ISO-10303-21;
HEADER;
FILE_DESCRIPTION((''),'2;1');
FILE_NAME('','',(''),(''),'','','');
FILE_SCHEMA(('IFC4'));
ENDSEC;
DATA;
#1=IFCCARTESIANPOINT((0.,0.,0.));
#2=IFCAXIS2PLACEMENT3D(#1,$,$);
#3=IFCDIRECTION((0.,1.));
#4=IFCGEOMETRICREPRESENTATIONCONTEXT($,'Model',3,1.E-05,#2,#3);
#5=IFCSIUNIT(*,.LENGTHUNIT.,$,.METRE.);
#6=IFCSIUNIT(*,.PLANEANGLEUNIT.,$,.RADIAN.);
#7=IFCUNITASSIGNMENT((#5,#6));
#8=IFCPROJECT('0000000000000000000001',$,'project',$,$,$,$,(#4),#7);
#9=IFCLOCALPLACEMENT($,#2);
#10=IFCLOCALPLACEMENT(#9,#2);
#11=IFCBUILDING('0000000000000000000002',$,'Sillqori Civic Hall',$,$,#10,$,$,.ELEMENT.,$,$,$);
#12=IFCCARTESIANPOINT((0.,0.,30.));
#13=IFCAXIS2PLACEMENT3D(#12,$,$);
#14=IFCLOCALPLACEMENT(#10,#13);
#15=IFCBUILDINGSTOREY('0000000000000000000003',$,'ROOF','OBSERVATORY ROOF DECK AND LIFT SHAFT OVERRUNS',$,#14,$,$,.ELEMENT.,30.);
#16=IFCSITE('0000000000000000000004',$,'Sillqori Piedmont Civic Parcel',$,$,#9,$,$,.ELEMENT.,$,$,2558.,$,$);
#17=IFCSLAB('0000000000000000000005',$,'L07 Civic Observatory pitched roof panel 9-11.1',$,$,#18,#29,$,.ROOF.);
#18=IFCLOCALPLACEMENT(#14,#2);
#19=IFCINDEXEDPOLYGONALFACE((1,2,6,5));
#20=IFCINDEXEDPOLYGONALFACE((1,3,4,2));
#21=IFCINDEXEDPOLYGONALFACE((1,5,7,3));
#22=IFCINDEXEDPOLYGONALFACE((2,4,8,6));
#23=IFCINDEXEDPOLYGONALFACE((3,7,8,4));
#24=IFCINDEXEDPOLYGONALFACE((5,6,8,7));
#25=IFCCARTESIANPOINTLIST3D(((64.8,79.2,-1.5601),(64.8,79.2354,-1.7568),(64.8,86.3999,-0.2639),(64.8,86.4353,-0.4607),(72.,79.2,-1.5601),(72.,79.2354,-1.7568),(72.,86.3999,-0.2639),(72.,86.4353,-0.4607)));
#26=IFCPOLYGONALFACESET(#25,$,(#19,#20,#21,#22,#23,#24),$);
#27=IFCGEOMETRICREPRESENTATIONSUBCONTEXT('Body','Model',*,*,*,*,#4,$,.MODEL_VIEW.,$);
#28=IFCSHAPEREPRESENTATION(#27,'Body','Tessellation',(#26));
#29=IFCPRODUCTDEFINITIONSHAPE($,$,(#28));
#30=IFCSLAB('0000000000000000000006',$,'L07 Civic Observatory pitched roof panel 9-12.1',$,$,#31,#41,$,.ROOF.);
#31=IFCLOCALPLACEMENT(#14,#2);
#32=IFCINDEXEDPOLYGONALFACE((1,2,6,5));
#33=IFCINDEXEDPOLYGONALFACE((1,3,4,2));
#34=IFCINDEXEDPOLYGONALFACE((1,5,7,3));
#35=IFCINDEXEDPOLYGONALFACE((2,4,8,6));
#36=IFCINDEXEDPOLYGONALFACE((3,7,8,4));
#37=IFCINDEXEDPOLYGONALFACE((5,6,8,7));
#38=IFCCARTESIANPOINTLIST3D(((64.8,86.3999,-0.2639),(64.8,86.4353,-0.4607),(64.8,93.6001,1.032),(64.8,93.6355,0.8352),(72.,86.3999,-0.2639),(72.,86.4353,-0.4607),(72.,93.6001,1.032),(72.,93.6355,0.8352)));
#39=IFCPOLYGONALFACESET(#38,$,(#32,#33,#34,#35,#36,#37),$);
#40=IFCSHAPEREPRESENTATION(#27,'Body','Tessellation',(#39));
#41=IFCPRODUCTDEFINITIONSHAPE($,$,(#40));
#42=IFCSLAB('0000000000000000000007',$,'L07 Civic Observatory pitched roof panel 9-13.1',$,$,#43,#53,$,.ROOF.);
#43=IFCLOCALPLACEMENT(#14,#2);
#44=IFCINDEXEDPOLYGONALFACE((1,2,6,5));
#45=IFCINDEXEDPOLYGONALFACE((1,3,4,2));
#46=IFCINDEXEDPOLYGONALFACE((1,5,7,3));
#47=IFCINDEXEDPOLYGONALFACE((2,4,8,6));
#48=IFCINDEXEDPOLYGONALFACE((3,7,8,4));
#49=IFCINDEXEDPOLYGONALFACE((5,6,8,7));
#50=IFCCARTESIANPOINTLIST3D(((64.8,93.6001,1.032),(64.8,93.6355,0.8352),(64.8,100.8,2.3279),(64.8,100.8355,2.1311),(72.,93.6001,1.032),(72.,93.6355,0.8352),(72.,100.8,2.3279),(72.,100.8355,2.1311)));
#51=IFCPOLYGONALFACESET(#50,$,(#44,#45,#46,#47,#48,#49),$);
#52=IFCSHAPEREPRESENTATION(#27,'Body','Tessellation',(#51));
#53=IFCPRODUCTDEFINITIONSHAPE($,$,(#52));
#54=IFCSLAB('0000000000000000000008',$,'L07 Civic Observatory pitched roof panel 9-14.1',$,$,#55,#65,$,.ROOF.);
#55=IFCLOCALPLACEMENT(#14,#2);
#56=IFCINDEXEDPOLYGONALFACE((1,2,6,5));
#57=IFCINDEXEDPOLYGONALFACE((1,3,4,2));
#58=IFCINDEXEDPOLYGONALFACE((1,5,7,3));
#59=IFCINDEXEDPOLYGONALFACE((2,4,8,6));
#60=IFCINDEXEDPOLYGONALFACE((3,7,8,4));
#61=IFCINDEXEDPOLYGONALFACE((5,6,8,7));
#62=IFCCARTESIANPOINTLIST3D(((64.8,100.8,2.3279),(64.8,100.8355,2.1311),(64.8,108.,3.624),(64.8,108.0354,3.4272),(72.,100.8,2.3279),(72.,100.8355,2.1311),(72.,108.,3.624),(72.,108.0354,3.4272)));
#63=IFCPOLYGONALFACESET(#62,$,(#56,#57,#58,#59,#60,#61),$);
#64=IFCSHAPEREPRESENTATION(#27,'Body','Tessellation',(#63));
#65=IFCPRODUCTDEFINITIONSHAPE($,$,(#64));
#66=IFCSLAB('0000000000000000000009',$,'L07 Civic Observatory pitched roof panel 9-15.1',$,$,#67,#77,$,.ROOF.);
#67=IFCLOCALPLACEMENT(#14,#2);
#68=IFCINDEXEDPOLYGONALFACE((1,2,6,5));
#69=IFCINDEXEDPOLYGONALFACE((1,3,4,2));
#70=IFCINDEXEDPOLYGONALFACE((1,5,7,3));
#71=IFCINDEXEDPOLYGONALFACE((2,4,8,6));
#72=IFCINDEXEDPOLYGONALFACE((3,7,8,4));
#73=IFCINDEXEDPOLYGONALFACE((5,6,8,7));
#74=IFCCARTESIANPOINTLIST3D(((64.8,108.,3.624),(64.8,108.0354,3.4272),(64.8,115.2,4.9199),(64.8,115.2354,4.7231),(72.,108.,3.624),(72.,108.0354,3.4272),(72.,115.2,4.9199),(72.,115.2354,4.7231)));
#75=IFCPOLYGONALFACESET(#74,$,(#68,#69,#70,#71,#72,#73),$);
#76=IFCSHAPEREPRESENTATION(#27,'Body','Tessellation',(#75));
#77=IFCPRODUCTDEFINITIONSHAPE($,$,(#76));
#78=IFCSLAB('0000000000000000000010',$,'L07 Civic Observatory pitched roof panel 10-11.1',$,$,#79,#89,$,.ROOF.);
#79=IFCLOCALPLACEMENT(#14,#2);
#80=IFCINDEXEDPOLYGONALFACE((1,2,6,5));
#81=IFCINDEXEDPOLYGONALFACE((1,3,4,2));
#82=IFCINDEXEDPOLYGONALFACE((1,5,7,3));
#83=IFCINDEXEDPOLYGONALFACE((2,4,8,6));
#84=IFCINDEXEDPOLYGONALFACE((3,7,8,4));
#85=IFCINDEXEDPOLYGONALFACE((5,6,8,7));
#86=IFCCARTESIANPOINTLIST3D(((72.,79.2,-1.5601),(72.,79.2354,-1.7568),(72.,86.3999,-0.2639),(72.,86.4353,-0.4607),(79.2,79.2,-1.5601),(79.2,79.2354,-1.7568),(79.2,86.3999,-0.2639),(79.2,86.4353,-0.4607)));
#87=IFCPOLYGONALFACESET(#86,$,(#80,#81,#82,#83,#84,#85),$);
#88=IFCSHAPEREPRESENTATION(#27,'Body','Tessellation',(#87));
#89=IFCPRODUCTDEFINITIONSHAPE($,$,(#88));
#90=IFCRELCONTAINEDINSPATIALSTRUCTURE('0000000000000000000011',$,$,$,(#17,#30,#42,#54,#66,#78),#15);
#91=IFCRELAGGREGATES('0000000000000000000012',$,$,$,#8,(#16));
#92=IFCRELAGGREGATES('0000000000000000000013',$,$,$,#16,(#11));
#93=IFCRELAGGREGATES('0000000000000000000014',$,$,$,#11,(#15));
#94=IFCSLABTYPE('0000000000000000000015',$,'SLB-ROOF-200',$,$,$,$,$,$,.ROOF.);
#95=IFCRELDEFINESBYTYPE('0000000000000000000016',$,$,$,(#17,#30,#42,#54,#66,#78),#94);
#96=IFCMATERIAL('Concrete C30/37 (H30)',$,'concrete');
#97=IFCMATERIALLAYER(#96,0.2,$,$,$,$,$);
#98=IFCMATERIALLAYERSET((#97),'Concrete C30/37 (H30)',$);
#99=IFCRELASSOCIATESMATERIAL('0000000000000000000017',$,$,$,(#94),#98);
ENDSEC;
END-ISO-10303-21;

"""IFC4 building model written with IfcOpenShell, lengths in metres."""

from ifc_helpers import new_model, si_unit, direction, frame, origin, place, context, subcontext, project, spatial, polyline, outline, extrude, material, layer, layer_set, type_object, element, save


model = new_model("IFC4")

# Units and contexts
model_context = context("Model", 3, precision=1e-05, world=origin(), true_north=direction((0.0, 1.0)))
body_context = subcontext(model_context, "Body", "Model", "MODEL_VIEW")
ifc_project = project(units=[si_unit("LENGTHUNIT", "METRE"), si_unit("PLANEANGLEUNIT", "RADIAN")], contexts=[model_context])

# Site, building, storey
site_placement = place(None, origin())
site = spatial("IfcSite", under=ifc_project, at=site_placement, Name="Sillqori Piedmont Civic Parcel", CompositionType="ELEMENT", RefElevation=2558.0)
building_placement = place(site_placement, origin())
building = spatial("IfcBuilding", under=site, at=building_placement, Name="Sillqori Civic Hall", CompositionType="ELEMENT")
storey_placement = place(building_placement, frame((0.0, 0.0, 30.0)))
storey = spatial("IfcBuildingStorey", under=building, at=storey_placement, Name="ROOF", Description="OBSERVATORY ROOF DECK AND LIFT SHAFT OVERRUNS", CompositionType="ELEMENT", Elevation=30.0)

# Slabs
ifc_material_1 = material(Name="Concrete C30/37 (H30)", Category="concrete")
ifc_layer = layer(ifc_material_1, 0.2)
ifc_layer_set = layer_set([ifc_layer], Name="Concrete C30/37 (H30)")
slab_type = type_object("IfcSlabType", Name="SLB-ROOF-200", PredefinedType="ROOF", material=ifc_layer_set)
slab_1_placement = place(storey_placement, frame((64.8, 79.2, -1.5601), z_axis=(0.0, -0.177173, 0.98418), x_axis=(1.0, 0.0, 0.0)))
element("IfcSlab", 1, at=slab_1_placement, inside=storey, type_object=slab_type, Name="L07 Civic Observatory pitched roof panel 9-11.1", PredefinedType="ROOF", context=body_context, shape_type="SweptSolid", body=[
    extrude(outline(polyline([(0.0, 0.0), (7.2, 0.0), (7.2, 7.3157), (0.0, 7.3157), (0.0, 0.0)])), origin(), (0.0, 0.0, -1.0), 0.2),
])
slab_2_placement = place(storey_placement, frame((64.8, 86.3999, -0.2639), z_axis=(0.0, -0.177135, 0.984187), x_axis=(1.0, 0.0, 0.0)))
element("IfcSlab", 2, at=slab_2_placement, inside=storey, type_object=slab_type, Name="L07 Civic Observatory pitched roof panel 9-12.1", PredefinedType="ROOF", context=body_context, shape_type="SweptSolid", body=[
    extrude(outline(polyline([(0.0, 0.0), (7.2, 0.0), (7.2, 7.3159), (0.0, 7.3159), (0.0, 0.0)])), origin(), (0.0, 0.0, -1.0), 0.2),
])
slab_3_placement = place(storey_placement, frame((64.8, 93.6001, 1.032), z_axis=(0.0, -0.177141, 0.984186), x_axis=(1.0, 0.0, 0.0)))
element("IfcSlab", 3, at=slab_3_placement, inside=storey, type_object=slab_type, Name="L07 Civic Observatory pitched roof panel 9-13.1", PredefinedType="ROOF", context=body_context, shape_type="SweptSolid", body=[
    extrude(outline(polyline([(0.0, 0.0), (7.2, 0.0), (7.2, 7.3156), (0.0, 7.3156), (0.0, 0.0)])), origin(), (0.0, 0.0, -1.0), 0.2),
])
slab_4_placement = place(storey_placement, frame((64.8, 100.8, 2.3279), z_axis=(0.0, -0.177173, 0.98418), x_axis=(1.0, 0.0, 0.0)))
element("IfcSlab", 4, at=slab_4_placement, inside=storey, type_object=slab_type, Name="L07 Civic Observatory pitched roof panel 9-14.1", PredefinedType="ROOF", context=body_context, shape_type="SweptSolid", body=[
    extrude(outline(polyline([(0.0, 0.0), (7.2, 0.0), (7.2, 7.3157), (0.0, 7.3157), (0.0, 0.0)])), origin(), (0.0, 0.0, -1.0), 0.2),
])
slab_5_placement = place(storey_placement, frame((64.8, 108.0, 3.624), z_axis=(0.0, -0.177141, 0.984186), x_axis=(1.0, 0.0, 0.0)))
element("IfcSlab", 5, at=slab_5_placement, inside=storey, type_object=slab_type, Name="L07 Civic Observatory pitched roof panel 9-15.1", PredefinedType="ROOF", context=body_context, shape_type="SweptSolid", body=[
    extrude(outline(polyline([(0.0, 0.0), (7.2, 0.0), (7.2, 7.3156), (0.0, 7.3156), (0.0, 0.0)])), origin(), (0.0, 0.0, -1.0), 0.2),
])
slab_6_placement = place(storey_placement, frame((72.0, 79.2, -1.5601), z_axis=(0.0, -0.177173, 0.98418), x_axis=(1.0, 0.0, 0.0)))
element("IfcSlab", 6, at=slab_6_placement, inside=storey, type_object=slab_type, Name="L07 Civic Observatory pitched roof panel 10-11.1", PredefinedType="ROOF", context=body_context, shape_type="SweptSolid", body=[
    extrude(outline(polyline([(0.0, 0.0), (7.2, 0.0), (7.2, 7.3157), (0.0, 7.3157), (0.0, 0.0)])), origin(), (0.0, 0.0, -1.0), 0.2),
])

save(model, "model.ifc")
